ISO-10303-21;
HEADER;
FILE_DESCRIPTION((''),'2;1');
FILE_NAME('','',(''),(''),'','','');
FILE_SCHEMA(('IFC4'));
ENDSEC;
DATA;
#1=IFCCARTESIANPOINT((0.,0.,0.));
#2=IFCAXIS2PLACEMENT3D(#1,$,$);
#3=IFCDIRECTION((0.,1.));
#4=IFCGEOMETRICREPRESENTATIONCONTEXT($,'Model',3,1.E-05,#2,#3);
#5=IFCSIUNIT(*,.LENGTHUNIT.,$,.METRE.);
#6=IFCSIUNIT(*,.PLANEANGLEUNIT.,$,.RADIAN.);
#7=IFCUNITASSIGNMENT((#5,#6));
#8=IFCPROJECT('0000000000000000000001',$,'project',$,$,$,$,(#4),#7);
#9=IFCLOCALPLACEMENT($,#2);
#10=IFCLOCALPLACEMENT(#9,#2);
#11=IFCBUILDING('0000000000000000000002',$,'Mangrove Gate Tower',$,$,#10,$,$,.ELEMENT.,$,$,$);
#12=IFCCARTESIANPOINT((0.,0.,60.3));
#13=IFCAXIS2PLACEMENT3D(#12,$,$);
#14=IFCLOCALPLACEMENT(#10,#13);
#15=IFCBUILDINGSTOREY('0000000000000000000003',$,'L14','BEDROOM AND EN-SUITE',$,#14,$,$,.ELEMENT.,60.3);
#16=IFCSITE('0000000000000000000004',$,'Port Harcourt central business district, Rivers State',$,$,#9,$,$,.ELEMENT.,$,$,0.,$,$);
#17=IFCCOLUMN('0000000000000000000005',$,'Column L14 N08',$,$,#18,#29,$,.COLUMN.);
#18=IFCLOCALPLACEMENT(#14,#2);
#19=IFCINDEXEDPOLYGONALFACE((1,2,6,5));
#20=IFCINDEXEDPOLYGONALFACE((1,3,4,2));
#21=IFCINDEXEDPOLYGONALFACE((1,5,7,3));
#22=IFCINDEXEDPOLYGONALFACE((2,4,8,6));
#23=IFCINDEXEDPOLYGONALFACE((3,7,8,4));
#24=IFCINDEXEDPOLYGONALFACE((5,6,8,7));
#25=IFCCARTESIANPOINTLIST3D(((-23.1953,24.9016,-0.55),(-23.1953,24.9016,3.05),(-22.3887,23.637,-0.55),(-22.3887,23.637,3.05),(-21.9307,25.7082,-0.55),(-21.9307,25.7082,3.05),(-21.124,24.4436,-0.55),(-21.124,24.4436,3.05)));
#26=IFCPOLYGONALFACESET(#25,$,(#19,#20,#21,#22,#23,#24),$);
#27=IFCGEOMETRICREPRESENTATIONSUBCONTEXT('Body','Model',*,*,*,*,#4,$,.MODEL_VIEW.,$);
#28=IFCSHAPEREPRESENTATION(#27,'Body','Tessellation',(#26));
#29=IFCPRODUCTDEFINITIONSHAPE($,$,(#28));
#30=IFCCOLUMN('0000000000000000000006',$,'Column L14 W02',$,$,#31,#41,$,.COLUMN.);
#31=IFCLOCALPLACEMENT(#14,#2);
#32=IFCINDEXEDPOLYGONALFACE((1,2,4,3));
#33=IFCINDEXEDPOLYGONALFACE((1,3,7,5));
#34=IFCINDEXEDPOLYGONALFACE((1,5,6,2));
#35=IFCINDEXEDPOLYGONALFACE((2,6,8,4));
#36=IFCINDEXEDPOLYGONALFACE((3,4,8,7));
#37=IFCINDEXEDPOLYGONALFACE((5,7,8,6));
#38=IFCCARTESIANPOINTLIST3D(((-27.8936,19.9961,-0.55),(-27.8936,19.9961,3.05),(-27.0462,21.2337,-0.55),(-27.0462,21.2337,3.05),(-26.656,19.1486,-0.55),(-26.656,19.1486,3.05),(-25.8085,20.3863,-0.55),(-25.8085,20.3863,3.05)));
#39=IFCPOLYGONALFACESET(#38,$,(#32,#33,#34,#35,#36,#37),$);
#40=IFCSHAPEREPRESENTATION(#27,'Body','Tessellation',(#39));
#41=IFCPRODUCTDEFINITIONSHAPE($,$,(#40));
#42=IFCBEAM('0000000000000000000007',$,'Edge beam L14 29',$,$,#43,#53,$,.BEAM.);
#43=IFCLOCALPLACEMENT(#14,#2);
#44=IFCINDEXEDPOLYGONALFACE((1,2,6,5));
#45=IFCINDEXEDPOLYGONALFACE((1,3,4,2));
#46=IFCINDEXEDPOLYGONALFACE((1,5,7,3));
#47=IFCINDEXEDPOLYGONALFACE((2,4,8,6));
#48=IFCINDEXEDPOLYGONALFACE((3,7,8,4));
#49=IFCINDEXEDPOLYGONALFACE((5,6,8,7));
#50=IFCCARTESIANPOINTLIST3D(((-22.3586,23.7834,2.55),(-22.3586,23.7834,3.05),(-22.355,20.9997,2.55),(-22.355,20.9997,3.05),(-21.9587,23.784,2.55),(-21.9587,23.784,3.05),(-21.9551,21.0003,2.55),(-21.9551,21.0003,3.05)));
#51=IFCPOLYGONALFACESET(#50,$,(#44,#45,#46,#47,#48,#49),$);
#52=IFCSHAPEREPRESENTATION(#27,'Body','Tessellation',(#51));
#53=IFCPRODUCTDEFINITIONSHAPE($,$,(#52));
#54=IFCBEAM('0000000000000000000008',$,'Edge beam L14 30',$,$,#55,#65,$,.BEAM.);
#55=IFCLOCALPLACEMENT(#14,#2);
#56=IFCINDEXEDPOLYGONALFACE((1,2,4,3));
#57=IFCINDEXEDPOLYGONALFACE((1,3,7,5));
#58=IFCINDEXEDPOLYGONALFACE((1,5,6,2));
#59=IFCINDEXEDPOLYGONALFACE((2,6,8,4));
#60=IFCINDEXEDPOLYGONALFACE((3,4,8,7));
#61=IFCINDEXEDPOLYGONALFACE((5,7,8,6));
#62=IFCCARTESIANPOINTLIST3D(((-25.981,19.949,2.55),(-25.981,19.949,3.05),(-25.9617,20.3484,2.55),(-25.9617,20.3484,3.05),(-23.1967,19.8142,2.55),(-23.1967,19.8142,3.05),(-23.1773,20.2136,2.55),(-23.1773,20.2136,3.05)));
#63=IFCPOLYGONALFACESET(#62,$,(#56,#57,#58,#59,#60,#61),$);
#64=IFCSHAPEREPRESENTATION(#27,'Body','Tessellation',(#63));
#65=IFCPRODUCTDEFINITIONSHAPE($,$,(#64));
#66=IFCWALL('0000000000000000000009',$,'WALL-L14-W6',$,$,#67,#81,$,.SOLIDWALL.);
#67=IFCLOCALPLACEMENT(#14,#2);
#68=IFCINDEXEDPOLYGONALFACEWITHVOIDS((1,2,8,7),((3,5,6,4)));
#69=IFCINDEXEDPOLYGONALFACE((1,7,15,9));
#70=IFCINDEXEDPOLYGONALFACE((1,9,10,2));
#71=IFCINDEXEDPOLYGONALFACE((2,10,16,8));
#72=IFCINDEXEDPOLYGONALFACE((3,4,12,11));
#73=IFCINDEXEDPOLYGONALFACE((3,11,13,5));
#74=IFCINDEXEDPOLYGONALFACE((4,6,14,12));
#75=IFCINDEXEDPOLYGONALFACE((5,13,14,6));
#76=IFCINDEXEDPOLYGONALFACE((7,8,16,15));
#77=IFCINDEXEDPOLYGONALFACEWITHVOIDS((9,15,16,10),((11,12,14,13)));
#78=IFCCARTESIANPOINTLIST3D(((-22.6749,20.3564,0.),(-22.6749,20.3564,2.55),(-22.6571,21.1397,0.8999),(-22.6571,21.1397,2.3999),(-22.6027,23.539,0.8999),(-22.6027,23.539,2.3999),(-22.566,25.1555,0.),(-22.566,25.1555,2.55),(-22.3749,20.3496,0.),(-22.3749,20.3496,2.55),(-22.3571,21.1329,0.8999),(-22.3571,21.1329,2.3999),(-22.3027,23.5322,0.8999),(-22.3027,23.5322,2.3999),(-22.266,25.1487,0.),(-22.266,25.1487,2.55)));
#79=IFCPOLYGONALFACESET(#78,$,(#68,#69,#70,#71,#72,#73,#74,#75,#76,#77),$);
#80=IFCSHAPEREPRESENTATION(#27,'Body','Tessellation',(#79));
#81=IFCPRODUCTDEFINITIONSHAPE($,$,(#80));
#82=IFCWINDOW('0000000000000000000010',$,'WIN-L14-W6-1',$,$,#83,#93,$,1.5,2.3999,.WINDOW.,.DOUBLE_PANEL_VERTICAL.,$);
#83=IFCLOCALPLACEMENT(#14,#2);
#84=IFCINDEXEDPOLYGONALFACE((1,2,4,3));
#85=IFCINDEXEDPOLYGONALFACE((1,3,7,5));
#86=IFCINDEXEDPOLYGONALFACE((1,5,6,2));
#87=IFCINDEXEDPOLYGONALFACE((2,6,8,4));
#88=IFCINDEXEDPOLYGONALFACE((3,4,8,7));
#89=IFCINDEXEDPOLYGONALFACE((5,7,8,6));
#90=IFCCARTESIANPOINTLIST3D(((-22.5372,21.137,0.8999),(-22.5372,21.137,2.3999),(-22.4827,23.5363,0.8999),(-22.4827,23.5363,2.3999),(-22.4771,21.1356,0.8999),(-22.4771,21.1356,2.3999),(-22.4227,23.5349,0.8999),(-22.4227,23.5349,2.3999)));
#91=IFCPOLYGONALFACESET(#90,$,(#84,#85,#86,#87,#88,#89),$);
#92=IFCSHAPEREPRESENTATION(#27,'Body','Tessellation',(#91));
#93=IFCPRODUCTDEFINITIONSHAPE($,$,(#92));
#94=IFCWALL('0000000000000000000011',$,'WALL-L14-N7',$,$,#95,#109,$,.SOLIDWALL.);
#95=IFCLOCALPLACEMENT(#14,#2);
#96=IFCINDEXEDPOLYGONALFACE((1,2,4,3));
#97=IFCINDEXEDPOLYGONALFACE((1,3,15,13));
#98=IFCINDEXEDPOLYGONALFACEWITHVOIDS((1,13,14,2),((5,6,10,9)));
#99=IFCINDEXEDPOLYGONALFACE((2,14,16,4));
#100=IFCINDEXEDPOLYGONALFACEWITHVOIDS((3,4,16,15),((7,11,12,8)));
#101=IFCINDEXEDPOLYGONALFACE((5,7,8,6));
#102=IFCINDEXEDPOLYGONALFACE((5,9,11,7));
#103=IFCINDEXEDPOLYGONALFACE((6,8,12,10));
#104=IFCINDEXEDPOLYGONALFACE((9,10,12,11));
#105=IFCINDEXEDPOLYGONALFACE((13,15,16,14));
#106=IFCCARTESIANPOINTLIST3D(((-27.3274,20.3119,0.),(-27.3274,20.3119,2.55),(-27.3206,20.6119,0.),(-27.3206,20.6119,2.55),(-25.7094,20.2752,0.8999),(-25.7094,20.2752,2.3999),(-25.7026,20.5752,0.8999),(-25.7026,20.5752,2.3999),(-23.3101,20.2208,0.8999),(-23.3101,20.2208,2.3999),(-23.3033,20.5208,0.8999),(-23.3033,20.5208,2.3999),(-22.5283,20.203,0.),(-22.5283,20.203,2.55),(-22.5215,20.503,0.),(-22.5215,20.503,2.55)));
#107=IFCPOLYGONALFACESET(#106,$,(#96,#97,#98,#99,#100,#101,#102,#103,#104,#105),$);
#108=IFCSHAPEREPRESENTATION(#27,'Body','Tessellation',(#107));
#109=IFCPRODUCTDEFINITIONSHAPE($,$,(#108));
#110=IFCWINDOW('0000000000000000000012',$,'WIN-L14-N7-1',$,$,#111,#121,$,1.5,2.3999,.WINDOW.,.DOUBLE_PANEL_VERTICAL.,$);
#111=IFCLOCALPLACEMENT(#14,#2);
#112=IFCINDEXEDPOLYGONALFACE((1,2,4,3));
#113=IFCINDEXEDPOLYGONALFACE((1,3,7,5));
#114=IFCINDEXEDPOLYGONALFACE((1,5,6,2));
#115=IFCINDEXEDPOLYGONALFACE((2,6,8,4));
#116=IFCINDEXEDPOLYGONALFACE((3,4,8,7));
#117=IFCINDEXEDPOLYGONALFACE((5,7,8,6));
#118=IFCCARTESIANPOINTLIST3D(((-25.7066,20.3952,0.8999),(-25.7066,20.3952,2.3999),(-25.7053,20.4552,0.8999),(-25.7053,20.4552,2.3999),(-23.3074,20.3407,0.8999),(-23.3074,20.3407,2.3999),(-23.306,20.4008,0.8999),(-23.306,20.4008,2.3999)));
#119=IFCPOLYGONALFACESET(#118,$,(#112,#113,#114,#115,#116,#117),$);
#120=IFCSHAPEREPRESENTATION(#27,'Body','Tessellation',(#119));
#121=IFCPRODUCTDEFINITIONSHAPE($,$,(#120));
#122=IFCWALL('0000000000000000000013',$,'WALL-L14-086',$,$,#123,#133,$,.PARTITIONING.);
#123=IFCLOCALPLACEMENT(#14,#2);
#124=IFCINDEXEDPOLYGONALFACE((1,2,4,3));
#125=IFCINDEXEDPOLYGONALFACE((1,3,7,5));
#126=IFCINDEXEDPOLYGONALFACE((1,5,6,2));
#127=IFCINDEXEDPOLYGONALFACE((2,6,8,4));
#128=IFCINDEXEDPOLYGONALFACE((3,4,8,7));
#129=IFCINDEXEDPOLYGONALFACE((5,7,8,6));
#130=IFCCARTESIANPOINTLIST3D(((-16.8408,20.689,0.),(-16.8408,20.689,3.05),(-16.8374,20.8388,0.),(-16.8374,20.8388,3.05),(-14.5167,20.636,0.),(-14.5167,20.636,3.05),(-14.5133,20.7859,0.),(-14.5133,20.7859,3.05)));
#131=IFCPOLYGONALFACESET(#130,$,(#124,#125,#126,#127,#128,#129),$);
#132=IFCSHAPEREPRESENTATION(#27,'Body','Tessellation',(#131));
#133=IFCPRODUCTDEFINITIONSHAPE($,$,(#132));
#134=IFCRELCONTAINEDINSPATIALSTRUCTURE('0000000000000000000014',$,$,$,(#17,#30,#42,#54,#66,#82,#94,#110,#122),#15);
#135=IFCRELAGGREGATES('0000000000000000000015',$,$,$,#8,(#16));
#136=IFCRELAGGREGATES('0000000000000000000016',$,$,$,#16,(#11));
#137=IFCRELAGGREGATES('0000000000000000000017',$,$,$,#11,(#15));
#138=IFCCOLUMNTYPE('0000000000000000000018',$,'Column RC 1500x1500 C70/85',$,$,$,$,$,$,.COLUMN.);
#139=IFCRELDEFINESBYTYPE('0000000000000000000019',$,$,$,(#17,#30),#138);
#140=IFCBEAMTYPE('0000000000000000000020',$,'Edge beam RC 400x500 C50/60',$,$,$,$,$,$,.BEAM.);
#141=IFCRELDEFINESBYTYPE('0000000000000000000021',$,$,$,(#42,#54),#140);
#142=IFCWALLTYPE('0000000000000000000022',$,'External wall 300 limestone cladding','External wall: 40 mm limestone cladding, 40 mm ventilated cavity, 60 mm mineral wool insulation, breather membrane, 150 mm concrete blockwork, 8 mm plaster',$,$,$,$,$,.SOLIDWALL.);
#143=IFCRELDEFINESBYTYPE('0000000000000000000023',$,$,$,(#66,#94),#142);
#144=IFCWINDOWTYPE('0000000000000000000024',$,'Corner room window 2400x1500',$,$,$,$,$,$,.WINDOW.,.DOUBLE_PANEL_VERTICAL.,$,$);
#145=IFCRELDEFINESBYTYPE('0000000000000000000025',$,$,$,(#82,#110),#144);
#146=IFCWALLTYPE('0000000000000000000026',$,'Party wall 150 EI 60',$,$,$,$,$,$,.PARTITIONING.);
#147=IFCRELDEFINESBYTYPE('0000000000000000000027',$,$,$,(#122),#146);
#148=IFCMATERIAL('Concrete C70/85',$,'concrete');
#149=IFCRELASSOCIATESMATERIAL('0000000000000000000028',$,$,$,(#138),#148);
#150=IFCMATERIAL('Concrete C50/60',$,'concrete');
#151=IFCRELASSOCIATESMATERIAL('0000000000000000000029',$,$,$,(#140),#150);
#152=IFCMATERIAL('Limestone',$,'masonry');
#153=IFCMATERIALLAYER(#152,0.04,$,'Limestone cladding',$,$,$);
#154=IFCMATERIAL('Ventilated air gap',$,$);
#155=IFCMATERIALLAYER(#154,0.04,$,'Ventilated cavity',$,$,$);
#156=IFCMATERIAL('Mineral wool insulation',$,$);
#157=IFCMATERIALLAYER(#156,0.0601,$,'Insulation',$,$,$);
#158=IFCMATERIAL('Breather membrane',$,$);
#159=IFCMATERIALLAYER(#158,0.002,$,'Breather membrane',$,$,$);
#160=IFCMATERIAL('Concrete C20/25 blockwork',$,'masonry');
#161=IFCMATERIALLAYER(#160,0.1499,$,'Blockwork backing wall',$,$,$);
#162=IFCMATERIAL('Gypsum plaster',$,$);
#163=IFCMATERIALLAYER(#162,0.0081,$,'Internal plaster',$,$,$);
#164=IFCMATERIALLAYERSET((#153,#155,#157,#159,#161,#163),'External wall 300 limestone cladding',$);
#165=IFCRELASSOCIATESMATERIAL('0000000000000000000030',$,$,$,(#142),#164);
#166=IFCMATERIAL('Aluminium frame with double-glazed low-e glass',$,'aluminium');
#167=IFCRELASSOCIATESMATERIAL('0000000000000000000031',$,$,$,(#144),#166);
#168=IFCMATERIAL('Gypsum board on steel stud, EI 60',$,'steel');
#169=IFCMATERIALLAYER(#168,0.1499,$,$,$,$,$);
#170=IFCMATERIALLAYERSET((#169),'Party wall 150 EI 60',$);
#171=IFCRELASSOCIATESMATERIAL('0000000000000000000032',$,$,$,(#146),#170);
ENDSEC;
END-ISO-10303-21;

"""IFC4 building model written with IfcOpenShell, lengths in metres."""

from ifc_helpers import new_model, si_unit, direction, frame, frame_2d, origin, origin_2d, place, context, subcontext, project, spatial, rectangle, extrude, material, layer, layer_set, material_profile, profile_set, type_object, element, fill, save


model = new_model("IFC4")

# Units and contexts
model_context = context("Model", 3, precision=1e-05, world=origin(), true_north=direction((0.0, 1.0)))
body_context = subcontext(model_context, "Body", "Model", "MODEL_VIEW")
ifc_project = project(units=[si_unit("LENGTHUNIT", "METRE"), si_unit("PLANEANGLEUNIT", "RADIAN")], contexts=[model_context])

# Site, building, storey
site_placement = place(None, origin())
site = spatial("IfcSite", under=ifc_project, at=site_placement, Name="Port Harcourt central business district, Rivers State", CompositionType="ELEMENT", RefElevation=0.0)
building_placement = place(site_placement, origin())
building = spatial("IfcBuilding", under=site, at=building_placement, Name="Mangrove Gate Tower", CompositionType="ELEMENT")
storey_placement = place(building_placement, frame((0.0, 0.0, 60.3)))
storey = spatial("IfcBuildingStorey", under=building, at=storey_placement, Name="L14", Description="BEDROOM AND EN-SUITE", CompositionType="ELEMENT", Elevation=60.3)

# Columns
ifc_material_1 = material(Name="Concrete C70/85", Category="concrete")
ifc_material_profile_1 = material_profile(ifc_material_1, rectangle(XDim=1.5, YDim=1.5, at=origin_2d()))
ifc_profile_set_1 = profile_set([ifc_material_profile_1], Name="Concrete C70/85")
column_type = type_object("IfcColumnType", Name="Column RC 1500x1500 C70/85", PredefinedType="COLUMN", material=ifc_profile_set_1)
for number, where, z_axis, x_axis, name in (
    (1, (-22.1597, 24.6726, -0.55), (0.0, 0.0, 1.0), (-0.843102, -0.537753, 0.0), "Column L14 N08"),
    (2, (-26.8511, 20.1912, -0.55), (0.0, 0.0, 1.0), (-0.564978, -0.825106, 0.0), "Column L14 W02"),
):
    element("IfcColumn", number, at=place(storey_placement, frame(where, z_axis=z_axis, x_axis=x_axis)), inside=storey, type_object=column_type, Name=name, PredefinedType="COLUMN", context=body_context, shape_type="SweptSolid", body=[
        extrude(rectangle(XDim=1.5, YDim=1.5, at=origin_2d()), origin(), (0.0, 0.0, 1.0), 3.6001),
    ])

# Beams
ifc_material_2 = material(Name="Concrete C50/60", Category="concrete")
ifc_material_profile_2 = material_profile(ifc_material_2, rectangle(XDim=0.3999, YDim=0.5, at=origin_2d()))
ifc_profile_set_2 = profile_set([ifc_material_profile_2], Name="Concrete C50/60")
beam_type = type_object("IfcBeamType", Name="Edge beam RC 400x500 C50/60", PredefinedType="BEAM", material=ifc_profile_set_2)
beam_1_placement = place(storey_placement, frame((-22.1587, 23.7837, 2.8), z_axis=(0.001316, -0.999999, 0.0), x_axis=(0.999999, 0.001316, 0.0)))
element("IfcBeam", 3, at=beam_1_placement, inside=storey, type_object=beam_type, Name="Edge beam L14 29", PredefinedType="BEAM", context=body_context, shape_type="SweptSolid", body=[
    extrude(rectangle(XDim=0.3999, YDim=0.5, at=origin_2d()), origin(), (0.0, 0.0, 1.0), 2.7837),
])
beam_2_placement = place(storey_placement, frame((-23.187, 20.0139, 2.8), z_axis=(-0.998831, 0.048343, 0.0), x_axis=(-0.048343, -0.998831, 0.0)))
element("IfcBeam", 4, at=beam_2_placement, inside=storey, type_object=beam_type, Name="Edge beam L14 30", PredefinedType="BEAM", context=body_context, shape_type="SweptSolid", body=[
    extrude(rectangle(XDim=0.3999, YDim=0.5, at=origin_2d()), origin(), (0.0, 0.0, 1.0), 2.7876),
])

# Walls, openings, windows
ifc_material_3 = material(Name="Limestone", Category="masonry")
ifc_layer_1 = layer(ifc_material_3, 0.04, Name="Limestone cladding")
ifc_material_4 = material(Name="Ventilated air gap")
ifc_layer_2 = layer(ifc_material_4, 0.04, Name="Ventilated cavity")
ifc_material_5 = material(Name="Mineral wool insulation")
ifc_layer_3 = layer(ifc_material_5, 0.0601, Name="Insulation")
ifc_material_6 = material(Name="Breather membrane")
ifc_layer_4 = layer(ifc_material_6, 0.002, Name="Breather membrane")
ifc_material_7 = material(Name="Concrete C20/25 blockwork", Category="masonry")
ifc_layer_5 = layer(ifc_material_7, 0.1499, Name="Blockwork backing wall")
ifc_material_8 = material(Name="Gypsum plaster")
ifc_layer_6 = layer(ifc_material_8, 0.0081, Name="Internal plaster")
ifc_layer_set_1 = layer_set([ifc_layer_1, ifc_layer_2, ifc_layer_3, ifc_layer_4, ifc_layer_5, ifc_layer_6], Name="External wall 300 limestone cladding")
wall_type_1 = type_object("IfcWallType", Name="External wall 300 limestone cladding", Description="External wall: 40 mm limestone cladding, 40 mm ventilated cavity, 60 mm mineral wool insulation, breather membrane, 150 mm concrete blockwork, 8 mm plaster", PredefinedType="SOLIDWALL", material=ifc_layer_set_1)
wall_1_placement = place(storey_placement, frame((-22.416, 25.1521, 0.0), z_axis=(0.0, 0.0, 1.0), x_axis=(-0.022683, -0.999743, 0.0)))
wall_1 = element("IfcWall", 5, at=wall_1_placement, inside=storey, type_object=wall_type_1, Name="WALL-L14-W6", PredefinedType="SOLIDWALL", context=body_context, shape_type="SweptSolid", body=[
    extrude(rectangle(XDim=4.8003, YDim=0.3, at=frame_2d((2.4001, 0.0))), origin(), (0.0, 0.0, 1.0), 2.55),
])
opening_1_placement = place(wall_1_placement, frame((1.6169, 0.0, 0.8999)))
opening_1 = element("IfcOpeningElement", 6, at=opening_1_placement, cuts=wall_1, PredefinedType="OPENING", context=body_context, shape_type="SweptSolid", body=[
    extrude(rectangle(XDim=2.3999, YDim=1.5, at=frame_2d((1.2, 0.75))), frame((0.0, 0.1599, 0.0), z_axis=(0.0, -1.0, 0.0), x_axis=(1.0, 0.0, 0.0)), (0.0, 0.0, 1.0), 0.3201),
])
ifc_material_9 = material(Name="Aluminium frame with double-glazed low-e glass", Category="aluminium")
window_type = type_object("IfcWindowType", Name="Corner room window 2400x1500", PartitioningType="DOUBLE_PANEL_VERTICAL", PredefinedType="WINDOW", material=ifc_material_9)
window_1_placement = place(opening_1_placement, origin())
window_1 = element("IfcWindow", 7, at=window_1_placement, inside=storey, type_object=window_type, Name="WIN-L14-W6-1", OverallHeight=1.5, OverallWidth=2.3999, PartitioningType="DOUBLE_PANEL_VERTICAL", PredefinedType="WINDOW", context=body_context, shape_type="SweptSolid", body=[
    extrude(rectangle(XDim=2.3999, YDim=1.5, at=frame_2d((1.2, 0.75))), frame((0.0, 0.03, 0.0), z_axis=(0.0, -1.0, 0.0), x_axis=(1.0, 0.0, 0.0)), (0.0, 0.0, 1.0), 0.0601),
])
fill(opening_1, window_1)
wall_2_placement = place(storey_placement, frame((-22.5249, 20.353, 0.0), z_axis=(0.0, 0.0, 1.0), x_axis=(-0.999743, 0.022683, 0.0)))
wall_2 = element("IfcWall", 8, at=wall_2_placement, inside=storey, type_object=wall_type_1, Name="WALL-L14-N7", PredefinedType="SOLIDWALL", context=body_context, shape_type="SweptSolid", body=[
    extrude(rectangle(XDim=4.8003, YDim=0.3, at=frame_2d((2.4001, 0.0))), origin(), (0.0, 0.0, 1.0), 2.55),
])
opening_2_placement = place(wall_2_placement, frame((0.782, 0.0, 0.8999)))
opening_2 = element("IfcOpeningElement", 9, at=opening_2_placement, cuts=wall_2, PredefinedType="OPENING", context=body_context, shape_type="SweptSolid", body=[
    extrude(rectangle(XDim=2.3999, YDim=1.5, at=frame_2d((1.2, 0.75))), frame((0.0, 0.1599, 0.0), z_axis=(0.0, -1.0, 0.0), x_axis=(1.0, 0.0, 0.0)), (0.0, 0.0, 1.0), 0.3201),
])
window_2_placement = place(opening_2_placement, origin())
window_2 = element("IfcWindow", 10, at=window_2_placement, inside=storey, type_object=window_type, Name="WIN-L14-N7-1", OverallHeight=1.5, OverallWidth=2.3999, PartitioningType="DOUBLE_PANEL_VERTICAL", PredefinedType="WINDOW", context=body_context, shape_type="SweptSolid", body=[
    extrude(rectangle(XDim=2.3999, YDim=1.5, at=frame_2d((1.2, 0.75))), frame((0.0, 0.03, 0.0), z_axis=(0.0, -1.0, 0.0), x_axis=(1.0, 0.0, 0.0)), (0.0, 0.0, 1.0), 0.0601),
])
fill(opening_2, window_2)

# Wall
ifc_material_10 = material(Name="Gypsum board on steel stud, EI 60", Category="steel")
ifc_layer_7 = layer(ifc_material_10, 0.1499)
ifc_layer_set_2 = layer_set([ifc_layer_7], Name="Party wall 150 EI 60")
wall_type_2 = type_object("IfcWallType", Name="Party wall 150 EI 60", PredefinedType="PARTITIONING", material=ifc_layer_set_2)
wall_3_placement = place(storey_placement, frame((-16.8391, 20.7639, 0.0), z_axis=(0.0, 0.0, 1.0), x_axis=(0.99974, -0.022788, 0.0)))
element("IfcWall", 11, at=wall_3_placement, inside=storey, type_object=wall_type_2, Name="WALL-L14-086", PredefinedType="PARTITIONING", context=body_context, shape_type="SweptSolid", body=[
    extrude(rectangle(XDim=2.3247, YDim=0.1499, at=frame_2d((1.1624, 0.0))), origin(), (0.0, 0.0, 1.0), 3.05),
])

save(model, "model.ifc")
